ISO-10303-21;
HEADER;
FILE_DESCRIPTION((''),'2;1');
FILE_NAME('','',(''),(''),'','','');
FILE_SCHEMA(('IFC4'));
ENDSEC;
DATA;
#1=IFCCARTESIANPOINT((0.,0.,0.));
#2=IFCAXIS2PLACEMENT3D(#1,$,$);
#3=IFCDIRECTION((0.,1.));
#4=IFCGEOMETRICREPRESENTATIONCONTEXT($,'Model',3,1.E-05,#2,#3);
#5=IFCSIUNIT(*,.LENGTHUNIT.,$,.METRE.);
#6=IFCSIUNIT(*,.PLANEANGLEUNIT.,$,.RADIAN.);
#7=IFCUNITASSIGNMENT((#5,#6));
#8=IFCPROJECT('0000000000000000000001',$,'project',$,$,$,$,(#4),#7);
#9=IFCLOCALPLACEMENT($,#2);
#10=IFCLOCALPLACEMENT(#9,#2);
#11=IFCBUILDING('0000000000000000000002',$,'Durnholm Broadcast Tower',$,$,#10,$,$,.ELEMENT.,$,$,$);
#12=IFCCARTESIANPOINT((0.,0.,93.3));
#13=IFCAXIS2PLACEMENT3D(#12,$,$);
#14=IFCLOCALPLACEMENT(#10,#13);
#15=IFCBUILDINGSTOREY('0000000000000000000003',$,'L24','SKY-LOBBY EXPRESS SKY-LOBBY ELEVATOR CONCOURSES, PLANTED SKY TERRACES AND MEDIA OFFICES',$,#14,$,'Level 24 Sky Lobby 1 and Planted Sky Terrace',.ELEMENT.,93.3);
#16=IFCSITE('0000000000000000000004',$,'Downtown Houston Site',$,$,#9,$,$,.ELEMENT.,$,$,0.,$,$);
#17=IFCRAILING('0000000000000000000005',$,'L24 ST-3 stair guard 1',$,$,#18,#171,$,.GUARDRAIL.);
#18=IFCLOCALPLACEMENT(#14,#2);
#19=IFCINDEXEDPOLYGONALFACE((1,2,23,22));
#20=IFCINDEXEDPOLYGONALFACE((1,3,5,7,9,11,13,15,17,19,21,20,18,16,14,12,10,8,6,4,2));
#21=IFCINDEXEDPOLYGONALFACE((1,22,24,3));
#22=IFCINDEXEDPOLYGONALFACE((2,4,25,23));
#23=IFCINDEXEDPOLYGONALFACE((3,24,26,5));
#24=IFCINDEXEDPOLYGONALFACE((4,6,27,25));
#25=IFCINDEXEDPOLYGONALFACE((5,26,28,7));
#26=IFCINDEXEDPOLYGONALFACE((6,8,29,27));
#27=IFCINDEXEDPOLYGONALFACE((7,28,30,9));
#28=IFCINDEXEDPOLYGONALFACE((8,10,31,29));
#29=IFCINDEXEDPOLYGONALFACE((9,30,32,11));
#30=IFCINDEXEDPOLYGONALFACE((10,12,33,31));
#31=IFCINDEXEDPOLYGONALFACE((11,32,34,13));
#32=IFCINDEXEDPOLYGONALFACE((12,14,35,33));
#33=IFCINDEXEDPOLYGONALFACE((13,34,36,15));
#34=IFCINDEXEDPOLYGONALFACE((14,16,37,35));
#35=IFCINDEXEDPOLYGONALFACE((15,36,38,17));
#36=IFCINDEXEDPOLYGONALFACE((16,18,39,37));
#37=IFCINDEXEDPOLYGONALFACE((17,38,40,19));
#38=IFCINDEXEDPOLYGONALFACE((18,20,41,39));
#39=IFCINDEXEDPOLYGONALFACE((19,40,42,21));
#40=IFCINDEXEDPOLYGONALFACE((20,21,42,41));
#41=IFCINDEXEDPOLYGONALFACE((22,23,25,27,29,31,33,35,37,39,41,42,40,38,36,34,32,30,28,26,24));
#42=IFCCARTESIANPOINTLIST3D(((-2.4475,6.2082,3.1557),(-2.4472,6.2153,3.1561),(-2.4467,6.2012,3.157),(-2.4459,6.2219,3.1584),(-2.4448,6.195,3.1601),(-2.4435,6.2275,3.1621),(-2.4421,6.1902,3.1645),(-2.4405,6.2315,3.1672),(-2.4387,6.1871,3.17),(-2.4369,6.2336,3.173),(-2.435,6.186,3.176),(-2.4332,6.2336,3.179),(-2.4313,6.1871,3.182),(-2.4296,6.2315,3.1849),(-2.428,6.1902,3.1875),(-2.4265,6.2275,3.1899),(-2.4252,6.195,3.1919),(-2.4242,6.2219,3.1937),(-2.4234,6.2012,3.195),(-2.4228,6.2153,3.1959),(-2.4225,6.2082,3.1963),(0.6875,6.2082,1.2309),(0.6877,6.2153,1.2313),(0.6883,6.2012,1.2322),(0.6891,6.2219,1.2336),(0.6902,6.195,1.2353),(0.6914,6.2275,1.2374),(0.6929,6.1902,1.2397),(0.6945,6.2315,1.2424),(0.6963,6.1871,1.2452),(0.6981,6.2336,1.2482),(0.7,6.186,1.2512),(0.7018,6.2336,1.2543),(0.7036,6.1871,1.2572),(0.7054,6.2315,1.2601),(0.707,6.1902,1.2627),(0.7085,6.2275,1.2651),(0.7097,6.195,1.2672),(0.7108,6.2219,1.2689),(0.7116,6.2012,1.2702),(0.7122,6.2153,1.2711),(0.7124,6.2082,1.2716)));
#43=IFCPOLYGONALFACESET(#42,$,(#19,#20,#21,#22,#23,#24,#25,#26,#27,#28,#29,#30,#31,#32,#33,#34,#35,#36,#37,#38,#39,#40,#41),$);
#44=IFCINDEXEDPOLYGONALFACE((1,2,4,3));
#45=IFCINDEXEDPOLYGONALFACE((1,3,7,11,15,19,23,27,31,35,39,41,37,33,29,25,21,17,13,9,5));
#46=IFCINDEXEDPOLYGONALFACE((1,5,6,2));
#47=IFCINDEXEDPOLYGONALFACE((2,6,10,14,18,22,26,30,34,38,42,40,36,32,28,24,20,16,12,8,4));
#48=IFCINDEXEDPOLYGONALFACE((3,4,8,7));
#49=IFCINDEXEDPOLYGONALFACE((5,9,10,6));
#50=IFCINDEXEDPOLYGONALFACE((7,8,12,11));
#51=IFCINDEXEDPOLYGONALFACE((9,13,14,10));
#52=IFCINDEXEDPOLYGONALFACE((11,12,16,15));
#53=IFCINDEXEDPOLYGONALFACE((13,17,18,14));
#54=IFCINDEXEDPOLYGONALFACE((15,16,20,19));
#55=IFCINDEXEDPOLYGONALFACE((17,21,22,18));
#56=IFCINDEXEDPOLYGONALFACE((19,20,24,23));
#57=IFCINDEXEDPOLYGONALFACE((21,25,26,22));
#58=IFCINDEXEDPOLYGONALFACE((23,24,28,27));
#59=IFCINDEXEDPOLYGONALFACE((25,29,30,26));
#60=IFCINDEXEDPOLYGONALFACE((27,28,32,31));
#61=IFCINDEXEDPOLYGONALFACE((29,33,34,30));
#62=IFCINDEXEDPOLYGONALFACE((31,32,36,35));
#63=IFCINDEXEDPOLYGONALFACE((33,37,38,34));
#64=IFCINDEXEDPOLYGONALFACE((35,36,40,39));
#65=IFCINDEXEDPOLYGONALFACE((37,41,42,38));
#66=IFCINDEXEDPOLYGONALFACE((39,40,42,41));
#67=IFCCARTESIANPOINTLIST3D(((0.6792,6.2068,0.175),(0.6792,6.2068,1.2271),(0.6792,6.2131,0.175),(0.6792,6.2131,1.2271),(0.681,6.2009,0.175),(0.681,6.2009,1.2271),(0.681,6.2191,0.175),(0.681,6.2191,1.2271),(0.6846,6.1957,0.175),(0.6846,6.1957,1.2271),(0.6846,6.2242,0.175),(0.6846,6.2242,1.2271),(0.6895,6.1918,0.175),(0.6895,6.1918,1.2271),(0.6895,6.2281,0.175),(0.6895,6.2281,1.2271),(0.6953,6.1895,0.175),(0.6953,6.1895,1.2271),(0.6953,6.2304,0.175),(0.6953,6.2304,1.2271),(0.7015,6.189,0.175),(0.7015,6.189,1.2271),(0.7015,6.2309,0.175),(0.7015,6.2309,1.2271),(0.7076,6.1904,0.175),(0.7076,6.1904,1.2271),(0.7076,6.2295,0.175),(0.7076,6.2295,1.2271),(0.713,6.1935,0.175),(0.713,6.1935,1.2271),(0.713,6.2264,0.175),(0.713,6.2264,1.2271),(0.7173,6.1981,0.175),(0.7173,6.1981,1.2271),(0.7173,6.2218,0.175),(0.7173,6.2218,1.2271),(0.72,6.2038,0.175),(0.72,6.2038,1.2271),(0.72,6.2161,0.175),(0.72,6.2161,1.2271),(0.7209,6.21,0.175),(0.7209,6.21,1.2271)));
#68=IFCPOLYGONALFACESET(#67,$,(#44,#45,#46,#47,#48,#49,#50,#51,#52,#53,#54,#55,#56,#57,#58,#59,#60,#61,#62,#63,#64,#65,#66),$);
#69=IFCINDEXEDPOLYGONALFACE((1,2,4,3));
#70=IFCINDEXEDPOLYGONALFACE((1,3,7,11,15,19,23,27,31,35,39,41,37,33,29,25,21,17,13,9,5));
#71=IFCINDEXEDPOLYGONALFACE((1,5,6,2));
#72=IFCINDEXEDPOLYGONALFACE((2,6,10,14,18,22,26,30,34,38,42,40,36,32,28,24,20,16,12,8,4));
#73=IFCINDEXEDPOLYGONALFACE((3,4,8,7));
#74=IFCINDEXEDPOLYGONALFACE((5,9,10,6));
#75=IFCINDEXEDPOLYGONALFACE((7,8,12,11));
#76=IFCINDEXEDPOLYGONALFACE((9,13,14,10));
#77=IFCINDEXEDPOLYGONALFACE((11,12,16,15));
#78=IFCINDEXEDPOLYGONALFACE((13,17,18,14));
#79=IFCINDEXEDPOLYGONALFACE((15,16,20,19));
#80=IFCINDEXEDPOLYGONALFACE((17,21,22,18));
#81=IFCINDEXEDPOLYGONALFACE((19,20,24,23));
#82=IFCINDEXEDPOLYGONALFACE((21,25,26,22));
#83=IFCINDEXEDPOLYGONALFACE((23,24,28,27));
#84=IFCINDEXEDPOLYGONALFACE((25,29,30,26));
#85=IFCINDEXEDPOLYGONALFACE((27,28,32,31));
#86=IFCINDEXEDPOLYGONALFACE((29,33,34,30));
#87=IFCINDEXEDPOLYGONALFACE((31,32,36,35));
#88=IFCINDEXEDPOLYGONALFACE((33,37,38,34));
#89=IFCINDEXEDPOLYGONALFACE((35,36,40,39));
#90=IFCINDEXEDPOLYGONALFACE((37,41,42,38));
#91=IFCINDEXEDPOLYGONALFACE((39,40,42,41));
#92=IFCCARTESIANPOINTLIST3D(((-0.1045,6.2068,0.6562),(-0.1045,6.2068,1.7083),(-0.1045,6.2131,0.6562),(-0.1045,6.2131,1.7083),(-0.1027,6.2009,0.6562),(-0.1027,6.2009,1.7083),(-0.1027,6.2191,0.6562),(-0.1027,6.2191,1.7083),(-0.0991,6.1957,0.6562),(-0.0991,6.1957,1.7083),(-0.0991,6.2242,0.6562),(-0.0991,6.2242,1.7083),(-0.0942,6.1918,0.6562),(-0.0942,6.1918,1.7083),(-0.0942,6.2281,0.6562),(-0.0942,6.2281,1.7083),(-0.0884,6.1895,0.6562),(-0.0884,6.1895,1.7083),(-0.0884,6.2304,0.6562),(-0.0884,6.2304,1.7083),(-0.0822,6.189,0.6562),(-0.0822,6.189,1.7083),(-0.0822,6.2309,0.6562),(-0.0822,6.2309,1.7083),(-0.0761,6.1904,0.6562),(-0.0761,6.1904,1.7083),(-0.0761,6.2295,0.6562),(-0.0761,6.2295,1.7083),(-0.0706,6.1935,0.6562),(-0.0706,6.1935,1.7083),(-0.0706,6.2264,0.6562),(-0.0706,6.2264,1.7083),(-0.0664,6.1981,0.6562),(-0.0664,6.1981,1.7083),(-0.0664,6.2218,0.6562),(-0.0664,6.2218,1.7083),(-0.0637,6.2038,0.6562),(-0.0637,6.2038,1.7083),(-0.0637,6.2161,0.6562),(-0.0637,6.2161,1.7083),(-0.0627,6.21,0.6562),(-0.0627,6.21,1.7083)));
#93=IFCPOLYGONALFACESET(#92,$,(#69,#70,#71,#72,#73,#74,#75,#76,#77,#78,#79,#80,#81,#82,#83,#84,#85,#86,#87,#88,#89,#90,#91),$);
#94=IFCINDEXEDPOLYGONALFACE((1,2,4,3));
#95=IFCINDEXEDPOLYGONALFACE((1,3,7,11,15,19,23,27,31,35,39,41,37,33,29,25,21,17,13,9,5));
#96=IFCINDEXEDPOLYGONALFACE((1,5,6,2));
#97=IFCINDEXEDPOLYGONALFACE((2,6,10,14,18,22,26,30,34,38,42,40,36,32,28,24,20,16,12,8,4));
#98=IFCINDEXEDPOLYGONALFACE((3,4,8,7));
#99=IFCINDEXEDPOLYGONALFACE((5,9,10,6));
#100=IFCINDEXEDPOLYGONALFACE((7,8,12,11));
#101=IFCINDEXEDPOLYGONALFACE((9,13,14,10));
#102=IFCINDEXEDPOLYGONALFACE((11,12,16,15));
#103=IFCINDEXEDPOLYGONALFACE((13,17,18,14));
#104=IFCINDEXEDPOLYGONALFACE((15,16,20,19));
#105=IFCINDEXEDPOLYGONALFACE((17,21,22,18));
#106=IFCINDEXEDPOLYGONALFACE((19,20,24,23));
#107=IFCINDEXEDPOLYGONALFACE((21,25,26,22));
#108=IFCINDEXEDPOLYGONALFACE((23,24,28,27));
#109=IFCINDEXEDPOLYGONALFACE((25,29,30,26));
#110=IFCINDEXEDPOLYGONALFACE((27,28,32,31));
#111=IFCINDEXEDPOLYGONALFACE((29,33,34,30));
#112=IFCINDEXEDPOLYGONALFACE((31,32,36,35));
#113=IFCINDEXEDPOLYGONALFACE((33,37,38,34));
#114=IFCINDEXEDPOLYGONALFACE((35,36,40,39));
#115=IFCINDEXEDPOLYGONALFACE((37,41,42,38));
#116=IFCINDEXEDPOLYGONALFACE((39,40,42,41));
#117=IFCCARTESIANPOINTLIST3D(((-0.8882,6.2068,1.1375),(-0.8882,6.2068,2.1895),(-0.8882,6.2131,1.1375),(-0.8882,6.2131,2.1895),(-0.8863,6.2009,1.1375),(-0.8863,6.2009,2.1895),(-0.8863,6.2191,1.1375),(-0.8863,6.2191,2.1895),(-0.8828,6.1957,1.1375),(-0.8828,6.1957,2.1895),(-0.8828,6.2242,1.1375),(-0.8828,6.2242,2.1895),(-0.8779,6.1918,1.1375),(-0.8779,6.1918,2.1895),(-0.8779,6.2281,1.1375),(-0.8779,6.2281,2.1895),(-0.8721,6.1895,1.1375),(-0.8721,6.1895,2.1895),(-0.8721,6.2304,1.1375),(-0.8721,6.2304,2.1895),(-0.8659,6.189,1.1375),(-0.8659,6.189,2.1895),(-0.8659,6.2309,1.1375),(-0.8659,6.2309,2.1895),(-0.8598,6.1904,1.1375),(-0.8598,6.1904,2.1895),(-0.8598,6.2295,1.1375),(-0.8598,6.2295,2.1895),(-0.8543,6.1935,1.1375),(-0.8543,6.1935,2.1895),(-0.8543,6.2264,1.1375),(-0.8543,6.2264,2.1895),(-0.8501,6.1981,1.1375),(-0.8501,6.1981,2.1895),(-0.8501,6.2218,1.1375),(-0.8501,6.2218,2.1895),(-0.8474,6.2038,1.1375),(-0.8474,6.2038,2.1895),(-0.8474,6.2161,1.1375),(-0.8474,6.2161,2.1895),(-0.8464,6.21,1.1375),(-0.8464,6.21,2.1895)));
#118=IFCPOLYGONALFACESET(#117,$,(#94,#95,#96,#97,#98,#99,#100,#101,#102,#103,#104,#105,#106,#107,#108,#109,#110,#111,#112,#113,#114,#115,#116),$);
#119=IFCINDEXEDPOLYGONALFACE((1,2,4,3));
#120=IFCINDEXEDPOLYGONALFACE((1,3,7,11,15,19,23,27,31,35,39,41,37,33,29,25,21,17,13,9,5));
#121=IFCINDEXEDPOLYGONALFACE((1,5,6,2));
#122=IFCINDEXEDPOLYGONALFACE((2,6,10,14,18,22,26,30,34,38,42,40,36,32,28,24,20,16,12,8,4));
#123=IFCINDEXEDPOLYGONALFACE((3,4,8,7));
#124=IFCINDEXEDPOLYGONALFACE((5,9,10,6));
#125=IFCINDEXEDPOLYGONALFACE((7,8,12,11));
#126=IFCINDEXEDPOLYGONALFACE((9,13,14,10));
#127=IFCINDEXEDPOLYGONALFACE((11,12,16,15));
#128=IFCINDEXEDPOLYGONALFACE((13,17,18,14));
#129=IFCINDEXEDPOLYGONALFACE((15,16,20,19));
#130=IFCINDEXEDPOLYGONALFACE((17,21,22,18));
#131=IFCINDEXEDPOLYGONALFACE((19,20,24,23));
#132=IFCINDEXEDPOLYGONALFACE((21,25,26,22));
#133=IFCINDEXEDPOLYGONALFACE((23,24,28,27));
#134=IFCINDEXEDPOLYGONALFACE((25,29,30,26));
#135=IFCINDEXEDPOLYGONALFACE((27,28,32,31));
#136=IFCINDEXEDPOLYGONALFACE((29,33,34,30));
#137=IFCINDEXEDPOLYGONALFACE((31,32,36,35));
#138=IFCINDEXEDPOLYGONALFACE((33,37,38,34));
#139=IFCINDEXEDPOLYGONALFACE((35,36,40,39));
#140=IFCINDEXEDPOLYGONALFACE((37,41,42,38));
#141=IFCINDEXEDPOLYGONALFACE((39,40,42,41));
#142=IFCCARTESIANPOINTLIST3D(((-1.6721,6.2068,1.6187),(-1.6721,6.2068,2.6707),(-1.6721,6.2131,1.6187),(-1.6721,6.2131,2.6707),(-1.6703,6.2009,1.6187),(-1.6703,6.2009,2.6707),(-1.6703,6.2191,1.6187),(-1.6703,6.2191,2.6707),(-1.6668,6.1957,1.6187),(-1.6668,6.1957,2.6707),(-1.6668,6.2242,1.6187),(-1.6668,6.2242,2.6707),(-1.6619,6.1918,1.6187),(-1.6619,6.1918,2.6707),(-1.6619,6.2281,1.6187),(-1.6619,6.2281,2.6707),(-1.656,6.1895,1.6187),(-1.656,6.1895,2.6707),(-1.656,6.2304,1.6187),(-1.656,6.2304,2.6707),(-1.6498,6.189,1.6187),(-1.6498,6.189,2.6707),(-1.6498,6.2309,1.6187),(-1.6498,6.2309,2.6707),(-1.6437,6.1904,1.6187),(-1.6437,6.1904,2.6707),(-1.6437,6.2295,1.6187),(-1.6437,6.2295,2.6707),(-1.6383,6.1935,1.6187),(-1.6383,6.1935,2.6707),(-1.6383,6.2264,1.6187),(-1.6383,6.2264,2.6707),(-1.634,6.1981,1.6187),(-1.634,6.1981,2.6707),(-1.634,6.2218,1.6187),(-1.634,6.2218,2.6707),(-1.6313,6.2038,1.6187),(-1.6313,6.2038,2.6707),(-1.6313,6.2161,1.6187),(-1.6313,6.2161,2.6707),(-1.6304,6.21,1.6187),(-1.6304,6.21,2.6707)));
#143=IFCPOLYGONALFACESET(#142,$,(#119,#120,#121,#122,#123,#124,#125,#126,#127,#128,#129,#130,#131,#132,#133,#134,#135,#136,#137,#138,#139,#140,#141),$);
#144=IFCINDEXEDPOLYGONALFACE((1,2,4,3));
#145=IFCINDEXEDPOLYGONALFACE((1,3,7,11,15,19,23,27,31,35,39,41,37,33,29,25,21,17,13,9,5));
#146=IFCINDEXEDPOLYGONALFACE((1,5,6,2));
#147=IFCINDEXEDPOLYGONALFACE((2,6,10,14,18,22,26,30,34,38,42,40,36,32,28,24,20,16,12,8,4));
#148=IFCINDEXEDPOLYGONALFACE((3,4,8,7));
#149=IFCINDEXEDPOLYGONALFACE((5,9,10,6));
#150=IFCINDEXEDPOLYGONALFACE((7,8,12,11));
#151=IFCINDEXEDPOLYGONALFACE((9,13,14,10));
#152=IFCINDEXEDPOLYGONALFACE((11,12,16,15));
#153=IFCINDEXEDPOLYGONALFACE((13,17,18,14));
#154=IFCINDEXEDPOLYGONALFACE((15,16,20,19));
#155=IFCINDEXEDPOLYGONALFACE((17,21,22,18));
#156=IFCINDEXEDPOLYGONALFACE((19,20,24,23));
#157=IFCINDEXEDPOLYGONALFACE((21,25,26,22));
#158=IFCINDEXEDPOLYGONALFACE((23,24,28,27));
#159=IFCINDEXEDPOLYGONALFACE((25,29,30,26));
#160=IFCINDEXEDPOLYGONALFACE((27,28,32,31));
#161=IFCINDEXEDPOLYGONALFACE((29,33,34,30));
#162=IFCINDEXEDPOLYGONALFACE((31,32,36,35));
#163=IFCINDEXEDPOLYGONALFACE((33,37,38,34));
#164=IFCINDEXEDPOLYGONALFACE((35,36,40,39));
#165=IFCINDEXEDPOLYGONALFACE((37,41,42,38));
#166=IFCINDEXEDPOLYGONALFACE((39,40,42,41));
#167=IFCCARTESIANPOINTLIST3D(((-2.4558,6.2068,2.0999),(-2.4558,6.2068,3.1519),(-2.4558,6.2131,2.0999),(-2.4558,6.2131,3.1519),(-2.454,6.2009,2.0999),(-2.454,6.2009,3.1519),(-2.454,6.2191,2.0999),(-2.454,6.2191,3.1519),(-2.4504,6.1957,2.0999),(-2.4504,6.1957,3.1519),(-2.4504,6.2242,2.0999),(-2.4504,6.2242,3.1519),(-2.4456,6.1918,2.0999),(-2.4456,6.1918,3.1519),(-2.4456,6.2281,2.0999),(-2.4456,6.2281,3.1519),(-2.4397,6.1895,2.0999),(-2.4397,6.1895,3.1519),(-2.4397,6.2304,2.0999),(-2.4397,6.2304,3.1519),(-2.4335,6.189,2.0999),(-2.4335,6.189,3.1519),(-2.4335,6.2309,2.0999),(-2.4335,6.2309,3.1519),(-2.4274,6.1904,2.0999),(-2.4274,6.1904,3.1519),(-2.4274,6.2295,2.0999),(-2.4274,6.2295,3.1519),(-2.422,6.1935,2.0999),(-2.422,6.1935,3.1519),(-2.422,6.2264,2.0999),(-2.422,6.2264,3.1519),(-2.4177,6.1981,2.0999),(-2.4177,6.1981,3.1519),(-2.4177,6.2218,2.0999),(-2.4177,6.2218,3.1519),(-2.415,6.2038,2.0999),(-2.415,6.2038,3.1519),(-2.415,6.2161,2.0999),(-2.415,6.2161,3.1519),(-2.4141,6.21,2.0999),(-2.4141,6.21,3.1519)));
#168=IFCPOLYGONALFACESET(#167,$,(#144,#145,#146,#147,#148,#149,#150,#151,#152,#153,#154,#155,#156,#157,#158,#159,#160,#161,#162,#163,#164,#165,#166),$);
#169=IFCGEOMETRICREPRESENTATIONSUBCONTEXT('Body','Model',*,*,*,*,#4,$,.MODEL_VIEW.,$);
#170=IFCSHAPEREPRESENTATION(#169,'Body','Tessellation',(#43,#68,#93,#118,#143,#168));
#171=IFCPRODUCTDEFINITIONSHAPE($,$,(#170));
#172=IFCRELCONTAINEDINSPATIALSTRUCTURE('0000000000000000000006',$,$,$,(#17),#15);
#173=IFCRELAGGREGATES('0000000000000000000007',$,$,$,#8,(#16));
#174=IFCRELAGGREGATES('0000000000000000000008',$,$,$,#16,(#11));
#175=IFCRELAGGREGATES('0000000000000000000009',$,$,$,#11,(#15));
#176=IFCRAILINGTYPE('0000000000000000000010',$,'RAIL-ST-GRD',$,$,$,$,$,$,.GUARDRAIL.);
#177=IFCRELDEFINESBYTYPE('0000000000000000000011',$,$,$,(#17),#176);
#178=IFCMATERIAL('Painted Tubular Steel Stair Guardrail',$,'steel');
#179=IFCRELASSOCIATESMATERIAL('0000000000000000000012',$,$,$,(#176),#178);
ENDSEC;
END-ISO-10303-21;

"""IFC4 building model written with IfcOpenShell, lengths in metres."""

from ifc_helpers import new_model, si_unit, direction, frame, origin, origin_2d, place, context, subcontext, project, spatial, circle, extrude, material, type_object, element, save


model = new_model("IFC4")

# Units and contexts
model_context = context("Model", 3, precision=1e-05, world=origin(), true_north=direction((0.0, 1.0)))
body_context = subcontext(model_context, "Body", "Model", "MODEL_VIEW")
ifc_project = project(units=[si_unit("LENGTHUNIT", "METRE"), si_unit("PLANEANGLEUNIT", "RADIAN")], contexts=[model_context])

# Site, building, storey
site_placement = place(None, origin())
site = spatial("IfcSite", under=ifc_project, at=site_placement, Name="Downtown Houston Site", CompositionType="ELEMENT", RefElevation=0.0)
building_placement = place(site_placement, origin())
building = spatial("IfcBuilding", under=site, at=building_placement, Name="Durnholm Broadcast Tower", CompositionType="ELEMENT")
storey_placement = place(building_placement, frame((0.0, 0.0, 93.3)))
storey = spatial("IfcBuildingStorey", under=building, at=storey_placement, Name="L24", Description="SKY-LOBBY EXPRESS SKY-LOBBY ELEVATOR CONCOURSES, PLANTED SKY TERRACES AND MEDIA OFFICES", LongName="Level 24 Sky Lobby 1 and Planted Sky Terrace", CompositionType="ELEMENT", Elevation=93.3)

# Railing
ifc_material_1 = material(Name="Painted Tubular Steel Stair Guardrail", Category="steel")
railing_type_1 = type_object("IfcRailingType", Name="RAIL-ST-GRD", PredefinedType="GUARDRAIL", material=ifc_material_1)
railing_1_placement = place(storey_placement, frame((0.7, 6.21, 0.175)))
element("IfcRailing", 1, at=railing_1_placement, inside=storey, type_object=railing_type_1, Name="L24 ST-3 stair guard 1", PredefinedType="GUARDRAIL", context=body_context, shape_type="SweptSolid", body=[
    extrude(circle(Radius=0.0239, at=origin_2d()), frame((0.0, 0.0, 1.0762), z_axis=(-0.852196, 0.0, 0.523223), x_axis=(0.0, -1.0, 0.0)), (0.0, 0.0, 1.0), 3.6787),
    extrude(circle(Radius=0.021, at=origin_2d()), origin(), (0.0, 0.0, 1.0), 1.052),
    extrude(circle(Radius=0.021, at=origin_2d()), frame((-0.7837, 0.0, 0.4812)), (0.0, 0.0, 1.0), 1.052),
    extrude(circle(Radius=0.021, at=origin_2d()), frame((-1.5674, 0.0, 0.9624)), (0.0, 0.0, 1.0), 1.052),
    extrude(circle(Radius=0.021, at=origin_2d()), frame((-2.3513, 0.0, 1.4436)), (0.0, 0.0, 1.0), 1.052),
    extrude(circle(Radius=0.021, at=origin_2d()), frame((-3.135, 0.0, 1.9248)), (0.0, 0.0, 1.0), 1.052),
])

save(model, "model.ifc")
